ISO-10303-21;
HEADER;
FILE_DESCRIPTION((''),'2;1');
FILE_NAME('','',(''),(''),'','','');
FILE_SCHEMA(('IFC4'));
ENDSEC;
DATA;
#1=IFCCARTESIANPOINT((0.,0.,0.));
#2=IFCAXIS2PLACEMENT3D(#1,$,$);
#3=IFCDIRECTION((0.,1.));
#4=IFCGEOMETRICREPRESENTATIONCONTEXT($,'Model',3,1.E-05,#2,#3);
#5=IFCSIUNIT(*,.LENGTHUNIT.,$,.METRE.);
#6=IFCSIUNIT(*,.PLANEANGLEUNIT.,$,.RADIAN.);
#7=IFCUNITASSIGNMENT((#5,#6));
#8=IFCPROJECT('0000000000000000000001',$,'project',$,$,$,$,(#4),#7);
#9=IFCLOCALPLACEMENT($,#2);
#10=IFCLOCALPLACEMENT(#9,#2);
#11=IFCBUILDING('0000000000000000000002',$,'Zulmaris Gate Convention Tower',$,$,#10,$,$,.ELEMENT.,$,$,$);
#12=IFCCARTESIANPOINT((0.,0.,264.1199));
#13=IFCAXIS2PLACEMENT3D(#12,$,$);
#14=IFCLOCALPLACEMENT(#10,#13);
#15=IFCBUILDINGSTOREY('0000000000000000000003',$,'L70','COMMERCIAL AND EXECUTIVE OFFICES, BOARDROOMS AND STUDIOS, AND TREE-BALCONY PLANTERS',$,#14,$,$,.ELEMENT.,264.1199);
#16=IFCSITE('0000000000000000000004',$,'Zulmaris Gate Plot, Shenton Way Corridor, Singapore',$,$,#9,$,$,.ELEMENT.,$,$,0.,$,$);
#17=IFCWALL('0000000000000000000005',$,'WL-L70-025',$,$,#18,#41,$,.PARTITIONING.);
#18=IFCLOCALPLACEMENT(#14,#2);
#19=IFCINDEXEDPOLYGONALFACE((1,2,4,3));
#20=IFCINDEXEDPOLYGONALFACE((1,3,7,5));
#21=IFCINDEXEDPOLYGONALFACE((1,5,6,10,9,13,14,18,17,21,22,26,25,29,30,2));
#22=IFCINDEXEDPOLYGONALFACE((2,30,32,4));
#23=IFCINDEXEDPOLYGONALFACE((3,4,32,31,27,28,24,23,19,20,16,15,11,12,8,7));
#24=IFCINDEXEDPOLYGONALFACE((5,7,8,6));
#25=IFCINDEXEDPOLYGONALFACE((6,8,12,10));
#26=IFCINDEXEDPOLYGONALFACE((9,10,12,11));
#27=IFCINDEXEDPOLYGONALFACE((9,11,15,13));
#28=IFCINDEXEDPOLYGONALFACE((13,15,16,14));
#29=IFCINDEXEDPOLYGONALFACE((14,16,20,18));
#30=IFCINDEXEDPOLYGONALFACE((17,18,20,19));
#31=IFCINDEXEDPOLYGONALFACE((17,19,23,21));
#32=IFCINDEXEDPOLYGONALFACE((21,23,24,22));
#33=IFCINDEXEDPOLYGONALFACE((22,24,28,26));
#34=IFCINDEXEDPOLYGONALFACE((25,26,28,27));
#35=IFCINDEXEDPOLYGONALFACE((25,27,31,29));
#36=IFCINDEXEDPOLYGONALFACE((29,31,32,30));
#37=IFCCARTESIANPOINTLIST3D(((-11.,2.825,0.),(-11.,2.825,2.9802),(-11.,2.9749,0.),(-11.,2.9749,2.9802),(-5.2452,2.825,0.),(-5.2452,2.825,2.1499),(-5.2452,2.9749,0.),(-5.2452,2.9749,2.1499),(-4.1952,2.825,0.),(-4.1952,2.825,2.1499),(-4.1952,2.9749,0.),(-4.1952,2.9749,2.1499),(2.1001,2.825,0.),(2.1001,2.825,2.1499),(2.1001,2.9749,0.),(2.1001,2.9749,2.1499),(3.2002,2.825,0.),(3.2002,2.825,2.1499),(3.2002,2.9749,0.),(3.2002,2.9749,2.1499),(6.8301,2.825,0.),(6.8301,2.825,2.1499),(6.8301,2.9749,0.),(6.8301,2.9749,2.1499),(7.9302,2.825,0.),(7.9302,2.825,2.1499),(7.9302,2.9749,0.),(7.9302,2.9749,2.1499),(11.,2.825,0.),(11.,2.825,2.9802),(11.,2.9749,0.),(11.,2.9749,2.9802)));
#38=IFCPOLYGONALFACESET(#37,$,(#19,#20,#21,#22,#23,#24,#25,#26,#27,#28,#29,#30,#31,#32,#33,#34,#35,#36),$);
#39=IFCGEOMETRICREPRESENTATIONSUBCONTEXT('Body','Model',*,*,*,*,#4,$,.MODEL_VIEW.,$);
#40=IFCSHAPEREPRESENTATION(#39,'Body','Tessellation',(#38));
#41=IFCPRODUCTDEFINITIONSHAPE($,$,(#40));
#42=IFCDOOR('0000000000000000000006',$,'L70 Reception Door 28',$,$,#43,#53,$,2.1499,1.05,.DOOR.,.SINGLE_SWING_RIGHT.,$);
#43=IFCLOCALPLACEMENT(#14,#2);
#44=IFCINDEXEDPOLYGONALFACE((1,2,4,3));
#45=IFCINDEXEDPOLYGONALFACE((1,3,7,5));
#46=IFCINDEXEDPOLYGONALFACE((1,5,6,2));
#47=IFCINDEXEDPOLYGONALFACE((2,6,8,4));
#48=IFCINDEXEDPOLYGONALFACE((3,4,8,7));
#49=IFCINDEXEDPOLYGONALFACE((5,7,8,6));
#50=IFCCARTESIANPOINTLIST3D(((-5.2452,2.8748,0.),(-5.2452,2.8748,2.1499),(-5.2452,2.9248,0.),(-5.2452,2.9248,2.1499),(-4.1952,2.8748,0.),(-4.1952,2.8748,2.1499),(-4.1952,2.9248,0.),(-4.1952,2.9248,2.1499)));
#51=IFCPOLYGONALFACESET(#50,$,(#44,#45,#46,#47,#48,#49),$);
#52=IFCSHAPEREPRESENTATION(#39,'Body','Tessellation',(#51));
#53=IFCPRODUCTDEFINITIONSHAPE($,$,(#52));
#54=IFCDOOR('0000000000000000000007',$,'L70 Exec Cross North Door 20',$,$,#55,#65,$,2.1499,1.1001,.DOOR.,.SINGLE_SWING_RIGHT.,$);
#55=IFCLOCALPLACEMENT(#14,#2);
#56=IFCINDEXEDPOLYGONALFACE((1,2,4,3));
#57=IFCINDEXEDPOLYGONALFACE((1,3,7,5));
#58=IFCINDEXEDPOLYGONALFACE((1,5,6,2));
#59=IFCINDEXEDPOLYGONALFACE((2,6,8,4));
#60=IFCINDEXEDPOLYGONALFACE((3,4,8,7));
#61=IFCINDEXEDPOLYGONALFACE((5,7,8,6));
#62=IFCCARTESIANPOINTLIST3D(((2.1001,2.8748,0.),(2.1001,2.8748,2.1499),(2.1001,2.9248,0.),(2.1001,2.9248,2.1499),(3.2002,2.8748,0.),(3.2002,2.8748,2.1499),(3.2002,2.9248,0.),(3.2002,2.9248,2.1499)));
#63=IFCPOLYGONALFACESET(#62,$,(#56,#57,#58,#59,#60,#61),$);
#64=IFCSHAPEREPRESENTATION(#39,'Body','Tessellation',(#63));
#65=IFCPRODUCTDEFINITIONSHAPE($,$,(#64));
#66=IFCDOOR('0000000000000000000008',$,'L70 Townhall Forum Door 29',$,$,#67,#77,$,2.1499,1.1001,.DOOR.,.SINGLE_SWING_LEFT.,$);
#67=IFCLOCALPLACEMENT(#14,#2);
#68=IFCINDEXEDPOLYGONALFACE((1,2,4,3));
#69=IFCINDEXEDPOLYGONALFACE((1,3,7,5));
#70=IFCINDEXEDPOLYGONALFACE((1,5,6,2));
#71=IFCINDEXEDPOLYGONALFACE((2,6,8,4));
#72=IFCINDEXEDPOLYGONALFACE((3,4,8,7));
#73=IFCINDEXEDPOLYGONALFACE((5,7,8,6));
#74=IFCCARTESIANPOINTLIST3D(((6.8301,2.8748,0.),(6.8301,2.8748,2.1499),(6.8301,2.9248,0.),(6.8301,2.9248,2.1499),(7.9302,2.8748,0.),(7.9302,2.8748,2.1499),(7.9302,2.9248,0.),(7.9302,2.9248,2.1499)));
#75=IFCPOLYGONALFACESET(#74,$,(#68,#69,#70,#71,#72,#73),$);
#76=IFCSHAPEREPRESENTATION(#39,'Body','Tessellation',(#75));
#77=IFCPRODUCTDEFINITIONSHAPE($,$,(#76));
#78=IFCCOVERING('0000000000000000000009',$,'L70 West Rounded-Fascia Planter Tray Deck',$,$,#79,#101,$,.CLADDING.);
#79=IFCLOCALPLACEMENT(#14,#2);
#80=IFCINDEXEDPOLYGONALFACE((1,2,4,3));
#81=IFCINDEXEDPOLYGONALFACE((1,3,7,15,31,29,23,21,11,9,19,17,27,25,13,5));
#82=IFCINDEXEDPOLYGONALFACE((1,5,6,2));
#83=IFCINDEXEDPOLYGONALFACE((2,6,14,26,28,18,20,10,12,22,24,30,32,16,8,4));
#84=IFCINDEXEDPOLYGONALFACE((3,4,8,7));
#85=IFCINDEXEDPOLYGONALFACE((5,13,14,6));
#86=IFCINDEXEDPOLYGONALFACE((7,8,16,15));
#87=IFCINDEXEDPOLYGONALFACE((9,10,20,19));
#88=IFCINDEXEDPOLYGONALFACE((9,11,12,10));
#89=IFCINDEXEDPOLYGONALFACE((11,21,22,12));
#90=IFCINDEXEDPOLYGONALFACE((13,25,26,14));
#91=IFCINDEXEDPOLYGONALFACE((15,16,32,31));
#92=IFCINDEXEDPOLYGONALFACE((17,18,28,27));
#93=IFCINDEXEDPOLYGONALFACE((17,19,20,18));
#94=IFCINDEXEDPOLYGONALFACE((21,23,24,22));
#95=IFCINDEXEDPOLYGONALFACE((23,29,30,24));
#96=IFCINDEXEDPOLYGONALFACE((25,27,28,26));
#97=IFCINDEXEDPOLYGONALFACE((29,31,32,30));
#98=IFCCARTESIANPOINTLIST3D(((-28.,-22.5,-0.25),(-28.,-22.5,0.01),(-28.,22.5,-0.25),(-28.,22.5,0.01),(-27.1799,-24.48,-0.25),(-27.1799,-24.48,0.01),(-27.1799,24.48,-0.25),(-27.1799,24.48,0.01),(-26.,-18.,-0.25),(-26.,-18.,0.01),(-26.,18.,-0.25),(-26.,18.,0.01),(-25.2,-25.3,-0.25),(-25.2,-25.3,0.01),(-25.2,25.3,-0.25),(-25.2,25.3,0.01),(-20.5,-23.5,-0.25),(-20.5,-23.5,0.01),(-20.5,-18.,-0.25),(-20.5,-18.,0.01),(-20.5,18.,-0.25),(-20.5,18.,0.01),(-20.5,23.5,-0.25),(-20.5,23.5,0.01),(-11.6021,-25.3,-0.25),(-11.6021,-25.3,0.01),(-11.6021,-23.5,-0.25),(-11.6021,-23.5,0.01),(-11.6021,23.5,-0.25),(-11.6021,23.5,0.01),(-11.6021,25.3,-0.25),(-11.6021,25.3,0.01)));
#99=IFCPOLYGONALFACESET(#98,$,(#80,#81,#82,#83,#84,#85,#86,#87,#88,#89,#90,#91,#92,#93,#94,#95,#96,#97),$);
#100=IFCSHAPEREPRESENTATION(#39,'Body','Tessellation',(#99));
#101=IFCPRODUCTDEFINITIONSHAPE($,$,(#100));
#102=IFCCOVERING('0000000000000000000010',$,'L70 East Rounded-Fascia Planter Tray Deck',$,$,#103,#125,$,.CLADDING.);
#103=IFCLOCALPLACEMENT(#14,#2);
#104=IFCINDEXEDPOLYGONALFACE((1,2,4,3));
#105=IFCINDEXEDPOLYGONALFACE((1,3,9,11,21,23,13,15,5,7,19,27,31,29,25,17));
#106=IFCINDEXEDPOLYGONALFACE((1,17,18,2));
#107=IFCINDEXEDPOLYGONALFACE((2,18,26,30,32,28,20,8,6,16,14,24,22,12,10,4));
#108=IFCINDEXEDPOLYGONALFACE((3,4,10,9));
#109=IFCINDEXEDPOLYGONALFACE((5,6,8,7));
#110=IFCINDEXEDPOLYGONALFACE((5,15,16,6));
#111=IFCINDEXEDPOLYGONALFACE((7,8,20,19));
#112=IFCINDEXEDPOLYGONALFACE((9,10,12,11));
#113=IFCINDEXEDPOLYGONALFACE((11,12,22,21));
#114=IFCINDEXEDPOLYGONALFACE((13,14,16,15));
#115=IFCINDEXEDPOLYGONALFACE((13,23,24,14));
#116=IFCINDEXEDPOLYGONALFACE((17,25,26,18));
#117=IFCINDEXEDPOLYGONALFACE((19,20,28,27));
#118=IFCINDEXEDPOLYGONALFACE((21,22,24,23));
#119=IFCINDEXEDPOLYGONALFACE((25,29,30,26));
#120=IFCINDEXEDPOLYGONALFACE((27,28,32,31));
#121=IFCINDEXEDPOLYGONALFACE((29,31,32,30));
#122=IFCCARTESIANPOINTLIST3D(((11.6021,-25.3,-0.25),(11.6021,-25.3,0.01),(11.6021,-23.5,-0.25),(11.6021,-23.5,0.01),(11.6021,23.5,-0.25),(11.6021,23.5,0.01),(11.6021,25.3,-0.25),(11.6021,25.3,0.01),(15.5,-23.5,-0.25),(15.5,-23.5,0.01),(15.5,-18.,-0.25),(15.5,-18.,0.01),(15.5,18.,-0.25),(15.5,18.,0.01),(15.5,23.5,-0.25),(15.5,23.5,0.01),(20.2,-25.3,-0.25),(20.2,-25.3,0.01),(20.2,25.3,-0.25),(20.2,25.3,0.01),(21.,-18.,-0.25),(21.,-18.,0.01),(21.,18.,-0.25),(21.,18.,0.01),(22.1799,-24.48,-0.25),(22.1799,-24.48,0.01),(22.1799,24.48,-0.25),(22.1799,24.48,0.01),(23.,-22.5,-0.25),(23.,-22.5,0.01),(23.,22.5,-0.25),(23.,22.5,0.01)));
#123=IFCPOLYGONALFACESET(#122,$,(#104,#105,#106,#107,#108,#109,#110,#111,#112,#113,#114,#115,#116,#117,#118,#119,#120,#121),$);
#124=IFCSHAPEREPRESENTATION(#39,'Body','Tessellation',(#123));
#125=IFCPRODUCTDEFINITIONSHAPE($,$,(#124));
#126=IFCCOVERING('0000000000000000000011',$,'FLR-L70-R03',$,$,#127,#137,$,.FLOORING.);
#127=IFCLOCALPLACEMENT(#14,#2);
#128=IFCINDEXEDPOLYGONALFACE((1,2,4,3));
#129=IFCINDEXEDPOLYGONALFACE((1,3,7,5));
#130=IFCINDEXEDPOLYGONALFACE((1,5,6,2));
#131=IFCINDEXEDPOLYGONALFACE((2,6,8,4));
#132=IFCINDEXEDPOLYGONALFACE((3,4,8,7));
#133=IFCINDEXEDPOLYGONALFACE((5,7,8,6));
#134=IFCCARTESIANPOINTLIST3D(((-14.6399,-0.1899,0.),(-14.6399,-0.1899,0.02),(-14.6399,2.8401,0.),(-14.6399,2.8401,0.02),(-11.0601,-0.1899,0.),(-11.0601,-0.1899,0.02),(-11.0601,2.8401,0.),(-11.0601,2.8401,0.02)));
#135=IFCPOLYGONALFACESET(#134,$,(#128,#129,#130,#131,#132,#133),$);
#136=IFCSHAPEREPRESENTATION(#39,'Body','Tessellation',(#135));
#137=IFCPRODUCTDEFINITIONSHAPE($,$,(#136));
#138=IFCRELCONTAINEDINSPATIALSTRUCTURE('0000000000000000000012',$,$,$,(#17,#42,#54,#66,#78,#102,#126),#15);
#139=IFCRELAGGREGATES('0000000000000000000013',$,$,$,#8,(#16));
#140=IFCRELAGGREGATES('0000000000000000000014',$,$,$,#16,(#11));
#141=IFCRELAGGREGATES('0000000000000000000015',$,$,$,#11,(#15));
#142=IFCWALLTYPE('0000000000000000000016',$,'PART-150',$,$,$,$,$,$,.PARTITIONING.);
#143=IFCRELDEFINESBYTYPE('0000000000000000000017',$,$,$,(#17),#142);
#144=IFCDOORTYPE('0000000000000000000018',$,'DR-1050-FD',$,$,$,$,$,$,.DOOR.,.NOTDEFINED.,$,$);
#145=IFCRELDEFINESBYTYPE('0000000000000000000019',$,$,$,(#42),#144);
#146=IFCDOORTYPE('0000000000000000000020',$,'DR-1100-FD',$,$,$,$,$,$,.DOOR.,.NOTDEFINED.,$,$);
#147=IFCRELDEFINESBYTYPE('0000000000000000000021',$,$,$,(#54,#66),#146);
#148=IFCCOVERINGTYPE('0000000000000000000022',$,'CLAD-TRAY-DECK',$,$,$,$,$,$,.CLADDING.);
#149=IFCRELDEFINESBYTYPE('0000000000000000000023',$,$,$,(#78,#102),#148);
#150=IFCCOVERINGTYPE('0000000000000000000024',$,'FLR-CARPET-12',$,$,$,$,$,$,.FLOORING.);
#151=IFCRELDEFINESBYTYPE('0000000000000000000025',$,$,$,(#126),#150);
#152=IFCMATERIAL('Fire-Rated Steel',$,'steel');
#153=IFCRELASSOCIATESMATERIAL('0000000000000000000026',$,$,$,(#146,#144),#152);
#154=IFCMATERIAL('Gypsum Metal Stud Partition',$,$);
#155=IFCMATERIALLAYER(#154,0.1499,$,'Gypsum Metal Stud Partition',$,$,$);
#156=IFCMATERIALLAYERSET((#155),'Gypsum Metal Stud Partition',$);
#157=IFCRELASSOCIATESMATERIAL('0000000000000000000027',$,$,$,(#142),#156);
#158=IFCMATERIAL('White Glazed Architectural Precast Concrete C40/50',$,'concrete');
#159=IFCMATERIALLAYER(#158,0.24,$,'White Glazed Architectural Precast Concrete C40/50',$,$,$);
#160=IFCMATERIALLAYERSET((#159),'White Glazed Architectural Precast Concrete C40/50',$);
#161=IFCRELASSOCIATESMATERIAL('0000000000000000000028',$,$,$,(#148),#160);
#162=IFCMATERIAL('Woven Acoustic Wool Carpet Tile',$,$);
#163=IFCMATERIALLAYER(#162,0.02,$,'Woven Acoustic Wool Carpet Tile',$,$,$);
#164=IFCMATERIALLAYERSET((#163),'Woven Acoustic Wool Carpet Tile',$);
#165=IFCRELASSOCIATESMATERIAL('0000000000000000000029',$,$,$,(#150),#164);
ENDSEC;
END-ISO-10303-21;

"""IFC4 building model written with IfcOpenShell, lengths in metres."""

from ifc_helpers import new_model, si_unit, direction, frame, frame_2d, origin, place, context, subcontext, project, spatial, polyline, rectangle, outline, extrude, material, layer, layer_set, type_object, element, fill, save


model = new_model("IFC4")

# Units and contexts
model_context = context("Model", 3, precision=1e-05, world=origin(), true_north=direction((0.0, 1.0)))
body_context = subcontext(model_context, "Body", "Model", "MODEL_VIEW")
ifc_project = project(units=[si_unit("LENGTHUNIT", "METRE"), si_unit("PLANEANGLEUNIT", "RADIAN")], contexts=[model_context])

# Site, building, storey
site_placement = place(None, origin())
site = spatial("IfcSite", under=ifc_project, at=site_placement, Name="Zulmaris Gate Plot, Shenton Way Corridor, Singapore", CompositionType="ELEMENT", RefElevation=0.0)
building_placement = place(site_placement, origin())
building = spatial("IfcBuilding", under=site, at=building_placement, Name="Zulmaris Gate Convention Tower", CompositionType="ELEMENT")
storey_placement = place(building_placement, frame((0.0, 0.0, 264.1199)))
storey = spatial("IfcBuildingStorey", under=building, at=storey_placement, Name="L70", Description="COMMERCIAL AND EXECUTIVE OFFICES, BOARDROOMS AND STUDIOS, AND TREE-BALCONY PLANTERS", CompositionType="ELEMENT", Elevation=264.1199)

# Shared definitions
ifc_material_1 = material(Name="Fire-Rated Steel", Category="steel")
door_type_1 = type_object("IfcDoorType", Name="DR-1100-FD", OperationType="NOTDEFINED", PredefinedType="DOOR", material=ifc_material_1)

# Wall, openings, doors
ifc_material_2 = material(Name="Gypsum Metal Stud Partition")
ifc_layer_1 = layer(ifc_material_2, 0.1499, Name="Gypsum Metal Stud Partition")
ifc_layer_set_1 = layer_set([ifc_layer_1], Name="Gypsum Metal Stud Partition")
wall_type_1 = type_object("IfcWallType", Name="PART-150", PredefinedType="PARTITIONING", material=ifc_layer_set_1)
wall_1_placement = place(storey_placement, frame((-11.0, 2.8999, 0.0), z_axis=(0.0, 0.0, 1.0), x_axis=(1.0, 0.0, 0.0)))
wall_1 = element("IfcWall", 1, at=wall_1_placement, inside=storey, type_object=wall_type_1, Name="WL-L70-025", PredefinedType="PARTITIONING", context=body_context, shape_type="SweptSolid", body=[
    extrude(rectangle(XDim=22.0, YDim=0.1499, at=frame_2d((11.0, 0.0))), origin(), (0.0, 0.0, 1.0), 2.9802),
])
opening_1_placement = place(wall_1_placement, frame((13.1001, 0.0, 0.0)))
opening_1 = element("IfcOpeningElement", 2, at=opening_1_placement, cuts=wall_1, PredefinedType="OPENING", context=body_context, shape_type="SweptSolid", body=[
    extrude(rectangle(XDim=1.1001, YDim=2.1499, at=frame_2d((0.55, 1.075))), frame((0.0, 0.085, 0.0), z_axis=(0.0, -1.0, 0.0), x_axis=(1.0, 0.0, 0.0)), (0.0, 0.0, 1.0), 0.1699),
])
opening_2_placement = place(wall_1_placement, frame((5.7549, 0.0, 0.0)))
opening_2 = element("IfcOpeningElement", 3, at=opening_2_placement, cuts=wall_1, PredefinedType="OPENING", context=body_context, shape_type="SweptSolid", body=[
    extrude(rectangle(XDim=1.05, YDim=2.1499, at=frame_2d((0.5249, 1.075))), frame((0.0, 0.085, 0.0), z_axis=(0.0, -1.0, 0.0), x_axis=(1.0, 0.0, 0.0)), (0.0, 0.0, 1.0), 0.1699),
])
opening_3_placement = place(wall_1_placement, frame((17.8301, 0.0, 0.0)))
opening_3 = element("IfcOpeningElement", 4, at=opening_3_placement, cuts=wall_1, PredefinedType="OPENING", context=body_context, shape_type="SweptSolid", body=[
    extrude(rectangle(XDim=1.1001, YDim=2.1499, at=frame_2d((0.55, 1.075))), frame((0.0, 0.085, 0.0), z_axis=(0.0, -1.0, 0.0), x_axis=(1.0, 0.0, 0.0)), (0.0, 0.0, 1.0), 0.1699),
])
door_type_2 = type_object("IfcDoorType", Name="DR-1050-FD", OperationType="NOTDEFINED", PredefinedType="DOOR", material=ifc_material_1)
door_1_placement = place(opening_2_placement, origin())
door_1 = element("IfcDoor", 5, at=door_1_placement, inside=storey, type_object=door_type_2, Name="L70 Reception Door 28", OperationType="SINGLE_SWING_RIGHT", OverallHeight=2.1499, OverallWidth=1.05, PredefinedType="DOOR", context=body_context, shape_type="SweptSolid", body=[
    extrude(rectangle(XDim=1.05, YDim=2.1499, at=frame_2d((0.5249, 1.075))), frame((0.0, 0.0249, 0.0), z_axis=(0.0, -1.0, 0.0), x_axis=(1.0, 0.0, 0.0)), (0.0, 0.0, 1.0), 0.05),
])
fill(opening_2, door_1)
door_2_placement = place(opening_1_placement, origin())
door_2 = element("IfcDoor", 6, at=door_2_placement, inside=storey, type_object=door_type_1, Name="L70 Exec Cross North Door 20", OperationType="SINGLE_SWING_RIGHT", OverallHeight=2.1499, OverallWidth=1.1001, PredefinedType="DOOR", context=body_context, shape_type="SweptSolid", body=[
    extrude(rectangle(XDim=1.1001, YDim=2.1499, at=frame_2d((0.55, 1.075))), frame((0.0, 0.0249, 0.0), z_axis=(0.0, -1.0, 0.0), x_axis=(1.0, 0.0, 0.0)), (0.0, 0.0, 1.0), 0.05),
])
fill(opening_1, door_2)
door_3_placement = place(opening_3_placement, origin())
door_3 = element("IfcDoor", 7, at=door_3_placement, inside=storey, type_object=door_type_1, Name="L70 Townhall Forum Door 29", OperationType="SINGLE_SWING_LEFT", OverallHeight=2.1499, OverallWidth=1.1001, PredefinedType="DOOR", context=body_context, shape_type="SweptSolid", body=[
    extrude(rectangle(XDim=1.1001, YDim=2.1499, at=frame_2d((0.55, 1.075))), frame((0.0, 0.0249, 0.0), z_axis=(0.0, -1.0, 0.0), x_axis=(1.0, 0.0, 0.0)), (0.0, 0.0, 1.0), 0.05),
])
fill(opening_3, door_3)

# Coverings
ifc_material_3 = material(Name="White Glazed Architectural Precast Concrete C40/50", Category="concrete")
ifc_layer_2 = layer(ifc_material_3, 0.24, Name="White Glazed Architectural Precast Concrete C40/50")
ifc_layer_set_2 = layer_set([ifc_layer_2], Name="White Glazed Architectural Precast Concrete C40/50")
covering_type_1 = type_object("IfcCoveringType", Name="CLAD-TRAY-DECK", PredefinedType="CLADDING", material=ifc_layer_set_2)
covering_1_placement = place(storey_placement, frame((0.0, 0.0, -0.25)))
element("IfcCovering", 8, at=covering_1_placement, inside=storey, type_object=covering_type_1, Name="L70 West Rounded-Fascia Planter Tray Deck", PredefinedType="CLADDING", context=body_context, shape_type="SweptSolid", body=[
    extrude(outline(polyline([(-28.0, 22.5), (-27.1799, 24.48), (-25.2, 25.3), (-11.6021, 25.3), (-11.6021, 23.5), (-20.5, 23.5), (-20.5, 18.0), (-26.0, 18.0), (-26.0, -18.0), (-20.5, -18.0), (-20.5, -23.5), (-11.6021, -23.5), (-11.6021, -25.3), (-25.2, -25.3), (-27.1799, -24.48), (-28.0, -22.5), (-28.0, 22.5)])), origin(), (0.0, 0.0, 1.0), 0.26),
])
covering_2_placement = place(storey_placement, frame((0.0, 0.0, -0.25)))
element("IfcCovering", 9, at=covering_2_placement, inside=storey, type_object=covering_type_1, Name="L70 East Rounded-Fascia Planter Tray Deck", PredefinedType="CLADDING", context=body_context, shape_type="SweptSolid", body=[
    extrude(outline(polyline([(20.2, 25.3), (22.1799, 24.48), (23.0, 22.5), (23.0, -22.5), (22.1799, -24.48), (20.2, -25.3), (11.6021, -25.3), (11.6021, -23.5), (15.5, -23.5), (15.5, -18.0), (21.0, -18.0), (21.0, 18.0), (15.5, 18.0), (15.5, 23.5), (11.6021, 23.5), (11.6021, 25.3), (20.2, 25.3)])), origin(), (0.0, 0.0, 1.0), 0.26),
])
ifc_material_4 = material(Name="Woven Acoustic Wool Carpet Tile")
ifc_layer_3 = layer(ifc_material_4, 0.02, Name="Woven Acoustic Wool Carpet Tile")
ifc_layer_set_3 = layer_set([ifc_layer_3], Name="Woven Acoustic Wool Carpet Tile")
covering_type_2 = type_object("IfcCoveringType", Name="FLR-CARPET-12", PredefinedType="FLOORING", material=ifc_layer_set_3)
covering_3_placement = place(storey_placement, origin())
element("IfcCovering", 10, at=covering_3_placement, inside=storey, type_object=covering_type_2, Name="FLR-L70-R03", PredefinedType="FLOORING", context=body_context, shape_type="SweptSolid", body=[
    extrude(outline(polyline([(-14.6399, -0.1899), (-11.0601, -0.1899), (-11.0601, 2.8401), (-14.6399, 2.8401), (-14.6399, -0.1899)])), origin(), (0.0, 0.0, 1.0), 0.02),
])

save(model, "model.ifc")
